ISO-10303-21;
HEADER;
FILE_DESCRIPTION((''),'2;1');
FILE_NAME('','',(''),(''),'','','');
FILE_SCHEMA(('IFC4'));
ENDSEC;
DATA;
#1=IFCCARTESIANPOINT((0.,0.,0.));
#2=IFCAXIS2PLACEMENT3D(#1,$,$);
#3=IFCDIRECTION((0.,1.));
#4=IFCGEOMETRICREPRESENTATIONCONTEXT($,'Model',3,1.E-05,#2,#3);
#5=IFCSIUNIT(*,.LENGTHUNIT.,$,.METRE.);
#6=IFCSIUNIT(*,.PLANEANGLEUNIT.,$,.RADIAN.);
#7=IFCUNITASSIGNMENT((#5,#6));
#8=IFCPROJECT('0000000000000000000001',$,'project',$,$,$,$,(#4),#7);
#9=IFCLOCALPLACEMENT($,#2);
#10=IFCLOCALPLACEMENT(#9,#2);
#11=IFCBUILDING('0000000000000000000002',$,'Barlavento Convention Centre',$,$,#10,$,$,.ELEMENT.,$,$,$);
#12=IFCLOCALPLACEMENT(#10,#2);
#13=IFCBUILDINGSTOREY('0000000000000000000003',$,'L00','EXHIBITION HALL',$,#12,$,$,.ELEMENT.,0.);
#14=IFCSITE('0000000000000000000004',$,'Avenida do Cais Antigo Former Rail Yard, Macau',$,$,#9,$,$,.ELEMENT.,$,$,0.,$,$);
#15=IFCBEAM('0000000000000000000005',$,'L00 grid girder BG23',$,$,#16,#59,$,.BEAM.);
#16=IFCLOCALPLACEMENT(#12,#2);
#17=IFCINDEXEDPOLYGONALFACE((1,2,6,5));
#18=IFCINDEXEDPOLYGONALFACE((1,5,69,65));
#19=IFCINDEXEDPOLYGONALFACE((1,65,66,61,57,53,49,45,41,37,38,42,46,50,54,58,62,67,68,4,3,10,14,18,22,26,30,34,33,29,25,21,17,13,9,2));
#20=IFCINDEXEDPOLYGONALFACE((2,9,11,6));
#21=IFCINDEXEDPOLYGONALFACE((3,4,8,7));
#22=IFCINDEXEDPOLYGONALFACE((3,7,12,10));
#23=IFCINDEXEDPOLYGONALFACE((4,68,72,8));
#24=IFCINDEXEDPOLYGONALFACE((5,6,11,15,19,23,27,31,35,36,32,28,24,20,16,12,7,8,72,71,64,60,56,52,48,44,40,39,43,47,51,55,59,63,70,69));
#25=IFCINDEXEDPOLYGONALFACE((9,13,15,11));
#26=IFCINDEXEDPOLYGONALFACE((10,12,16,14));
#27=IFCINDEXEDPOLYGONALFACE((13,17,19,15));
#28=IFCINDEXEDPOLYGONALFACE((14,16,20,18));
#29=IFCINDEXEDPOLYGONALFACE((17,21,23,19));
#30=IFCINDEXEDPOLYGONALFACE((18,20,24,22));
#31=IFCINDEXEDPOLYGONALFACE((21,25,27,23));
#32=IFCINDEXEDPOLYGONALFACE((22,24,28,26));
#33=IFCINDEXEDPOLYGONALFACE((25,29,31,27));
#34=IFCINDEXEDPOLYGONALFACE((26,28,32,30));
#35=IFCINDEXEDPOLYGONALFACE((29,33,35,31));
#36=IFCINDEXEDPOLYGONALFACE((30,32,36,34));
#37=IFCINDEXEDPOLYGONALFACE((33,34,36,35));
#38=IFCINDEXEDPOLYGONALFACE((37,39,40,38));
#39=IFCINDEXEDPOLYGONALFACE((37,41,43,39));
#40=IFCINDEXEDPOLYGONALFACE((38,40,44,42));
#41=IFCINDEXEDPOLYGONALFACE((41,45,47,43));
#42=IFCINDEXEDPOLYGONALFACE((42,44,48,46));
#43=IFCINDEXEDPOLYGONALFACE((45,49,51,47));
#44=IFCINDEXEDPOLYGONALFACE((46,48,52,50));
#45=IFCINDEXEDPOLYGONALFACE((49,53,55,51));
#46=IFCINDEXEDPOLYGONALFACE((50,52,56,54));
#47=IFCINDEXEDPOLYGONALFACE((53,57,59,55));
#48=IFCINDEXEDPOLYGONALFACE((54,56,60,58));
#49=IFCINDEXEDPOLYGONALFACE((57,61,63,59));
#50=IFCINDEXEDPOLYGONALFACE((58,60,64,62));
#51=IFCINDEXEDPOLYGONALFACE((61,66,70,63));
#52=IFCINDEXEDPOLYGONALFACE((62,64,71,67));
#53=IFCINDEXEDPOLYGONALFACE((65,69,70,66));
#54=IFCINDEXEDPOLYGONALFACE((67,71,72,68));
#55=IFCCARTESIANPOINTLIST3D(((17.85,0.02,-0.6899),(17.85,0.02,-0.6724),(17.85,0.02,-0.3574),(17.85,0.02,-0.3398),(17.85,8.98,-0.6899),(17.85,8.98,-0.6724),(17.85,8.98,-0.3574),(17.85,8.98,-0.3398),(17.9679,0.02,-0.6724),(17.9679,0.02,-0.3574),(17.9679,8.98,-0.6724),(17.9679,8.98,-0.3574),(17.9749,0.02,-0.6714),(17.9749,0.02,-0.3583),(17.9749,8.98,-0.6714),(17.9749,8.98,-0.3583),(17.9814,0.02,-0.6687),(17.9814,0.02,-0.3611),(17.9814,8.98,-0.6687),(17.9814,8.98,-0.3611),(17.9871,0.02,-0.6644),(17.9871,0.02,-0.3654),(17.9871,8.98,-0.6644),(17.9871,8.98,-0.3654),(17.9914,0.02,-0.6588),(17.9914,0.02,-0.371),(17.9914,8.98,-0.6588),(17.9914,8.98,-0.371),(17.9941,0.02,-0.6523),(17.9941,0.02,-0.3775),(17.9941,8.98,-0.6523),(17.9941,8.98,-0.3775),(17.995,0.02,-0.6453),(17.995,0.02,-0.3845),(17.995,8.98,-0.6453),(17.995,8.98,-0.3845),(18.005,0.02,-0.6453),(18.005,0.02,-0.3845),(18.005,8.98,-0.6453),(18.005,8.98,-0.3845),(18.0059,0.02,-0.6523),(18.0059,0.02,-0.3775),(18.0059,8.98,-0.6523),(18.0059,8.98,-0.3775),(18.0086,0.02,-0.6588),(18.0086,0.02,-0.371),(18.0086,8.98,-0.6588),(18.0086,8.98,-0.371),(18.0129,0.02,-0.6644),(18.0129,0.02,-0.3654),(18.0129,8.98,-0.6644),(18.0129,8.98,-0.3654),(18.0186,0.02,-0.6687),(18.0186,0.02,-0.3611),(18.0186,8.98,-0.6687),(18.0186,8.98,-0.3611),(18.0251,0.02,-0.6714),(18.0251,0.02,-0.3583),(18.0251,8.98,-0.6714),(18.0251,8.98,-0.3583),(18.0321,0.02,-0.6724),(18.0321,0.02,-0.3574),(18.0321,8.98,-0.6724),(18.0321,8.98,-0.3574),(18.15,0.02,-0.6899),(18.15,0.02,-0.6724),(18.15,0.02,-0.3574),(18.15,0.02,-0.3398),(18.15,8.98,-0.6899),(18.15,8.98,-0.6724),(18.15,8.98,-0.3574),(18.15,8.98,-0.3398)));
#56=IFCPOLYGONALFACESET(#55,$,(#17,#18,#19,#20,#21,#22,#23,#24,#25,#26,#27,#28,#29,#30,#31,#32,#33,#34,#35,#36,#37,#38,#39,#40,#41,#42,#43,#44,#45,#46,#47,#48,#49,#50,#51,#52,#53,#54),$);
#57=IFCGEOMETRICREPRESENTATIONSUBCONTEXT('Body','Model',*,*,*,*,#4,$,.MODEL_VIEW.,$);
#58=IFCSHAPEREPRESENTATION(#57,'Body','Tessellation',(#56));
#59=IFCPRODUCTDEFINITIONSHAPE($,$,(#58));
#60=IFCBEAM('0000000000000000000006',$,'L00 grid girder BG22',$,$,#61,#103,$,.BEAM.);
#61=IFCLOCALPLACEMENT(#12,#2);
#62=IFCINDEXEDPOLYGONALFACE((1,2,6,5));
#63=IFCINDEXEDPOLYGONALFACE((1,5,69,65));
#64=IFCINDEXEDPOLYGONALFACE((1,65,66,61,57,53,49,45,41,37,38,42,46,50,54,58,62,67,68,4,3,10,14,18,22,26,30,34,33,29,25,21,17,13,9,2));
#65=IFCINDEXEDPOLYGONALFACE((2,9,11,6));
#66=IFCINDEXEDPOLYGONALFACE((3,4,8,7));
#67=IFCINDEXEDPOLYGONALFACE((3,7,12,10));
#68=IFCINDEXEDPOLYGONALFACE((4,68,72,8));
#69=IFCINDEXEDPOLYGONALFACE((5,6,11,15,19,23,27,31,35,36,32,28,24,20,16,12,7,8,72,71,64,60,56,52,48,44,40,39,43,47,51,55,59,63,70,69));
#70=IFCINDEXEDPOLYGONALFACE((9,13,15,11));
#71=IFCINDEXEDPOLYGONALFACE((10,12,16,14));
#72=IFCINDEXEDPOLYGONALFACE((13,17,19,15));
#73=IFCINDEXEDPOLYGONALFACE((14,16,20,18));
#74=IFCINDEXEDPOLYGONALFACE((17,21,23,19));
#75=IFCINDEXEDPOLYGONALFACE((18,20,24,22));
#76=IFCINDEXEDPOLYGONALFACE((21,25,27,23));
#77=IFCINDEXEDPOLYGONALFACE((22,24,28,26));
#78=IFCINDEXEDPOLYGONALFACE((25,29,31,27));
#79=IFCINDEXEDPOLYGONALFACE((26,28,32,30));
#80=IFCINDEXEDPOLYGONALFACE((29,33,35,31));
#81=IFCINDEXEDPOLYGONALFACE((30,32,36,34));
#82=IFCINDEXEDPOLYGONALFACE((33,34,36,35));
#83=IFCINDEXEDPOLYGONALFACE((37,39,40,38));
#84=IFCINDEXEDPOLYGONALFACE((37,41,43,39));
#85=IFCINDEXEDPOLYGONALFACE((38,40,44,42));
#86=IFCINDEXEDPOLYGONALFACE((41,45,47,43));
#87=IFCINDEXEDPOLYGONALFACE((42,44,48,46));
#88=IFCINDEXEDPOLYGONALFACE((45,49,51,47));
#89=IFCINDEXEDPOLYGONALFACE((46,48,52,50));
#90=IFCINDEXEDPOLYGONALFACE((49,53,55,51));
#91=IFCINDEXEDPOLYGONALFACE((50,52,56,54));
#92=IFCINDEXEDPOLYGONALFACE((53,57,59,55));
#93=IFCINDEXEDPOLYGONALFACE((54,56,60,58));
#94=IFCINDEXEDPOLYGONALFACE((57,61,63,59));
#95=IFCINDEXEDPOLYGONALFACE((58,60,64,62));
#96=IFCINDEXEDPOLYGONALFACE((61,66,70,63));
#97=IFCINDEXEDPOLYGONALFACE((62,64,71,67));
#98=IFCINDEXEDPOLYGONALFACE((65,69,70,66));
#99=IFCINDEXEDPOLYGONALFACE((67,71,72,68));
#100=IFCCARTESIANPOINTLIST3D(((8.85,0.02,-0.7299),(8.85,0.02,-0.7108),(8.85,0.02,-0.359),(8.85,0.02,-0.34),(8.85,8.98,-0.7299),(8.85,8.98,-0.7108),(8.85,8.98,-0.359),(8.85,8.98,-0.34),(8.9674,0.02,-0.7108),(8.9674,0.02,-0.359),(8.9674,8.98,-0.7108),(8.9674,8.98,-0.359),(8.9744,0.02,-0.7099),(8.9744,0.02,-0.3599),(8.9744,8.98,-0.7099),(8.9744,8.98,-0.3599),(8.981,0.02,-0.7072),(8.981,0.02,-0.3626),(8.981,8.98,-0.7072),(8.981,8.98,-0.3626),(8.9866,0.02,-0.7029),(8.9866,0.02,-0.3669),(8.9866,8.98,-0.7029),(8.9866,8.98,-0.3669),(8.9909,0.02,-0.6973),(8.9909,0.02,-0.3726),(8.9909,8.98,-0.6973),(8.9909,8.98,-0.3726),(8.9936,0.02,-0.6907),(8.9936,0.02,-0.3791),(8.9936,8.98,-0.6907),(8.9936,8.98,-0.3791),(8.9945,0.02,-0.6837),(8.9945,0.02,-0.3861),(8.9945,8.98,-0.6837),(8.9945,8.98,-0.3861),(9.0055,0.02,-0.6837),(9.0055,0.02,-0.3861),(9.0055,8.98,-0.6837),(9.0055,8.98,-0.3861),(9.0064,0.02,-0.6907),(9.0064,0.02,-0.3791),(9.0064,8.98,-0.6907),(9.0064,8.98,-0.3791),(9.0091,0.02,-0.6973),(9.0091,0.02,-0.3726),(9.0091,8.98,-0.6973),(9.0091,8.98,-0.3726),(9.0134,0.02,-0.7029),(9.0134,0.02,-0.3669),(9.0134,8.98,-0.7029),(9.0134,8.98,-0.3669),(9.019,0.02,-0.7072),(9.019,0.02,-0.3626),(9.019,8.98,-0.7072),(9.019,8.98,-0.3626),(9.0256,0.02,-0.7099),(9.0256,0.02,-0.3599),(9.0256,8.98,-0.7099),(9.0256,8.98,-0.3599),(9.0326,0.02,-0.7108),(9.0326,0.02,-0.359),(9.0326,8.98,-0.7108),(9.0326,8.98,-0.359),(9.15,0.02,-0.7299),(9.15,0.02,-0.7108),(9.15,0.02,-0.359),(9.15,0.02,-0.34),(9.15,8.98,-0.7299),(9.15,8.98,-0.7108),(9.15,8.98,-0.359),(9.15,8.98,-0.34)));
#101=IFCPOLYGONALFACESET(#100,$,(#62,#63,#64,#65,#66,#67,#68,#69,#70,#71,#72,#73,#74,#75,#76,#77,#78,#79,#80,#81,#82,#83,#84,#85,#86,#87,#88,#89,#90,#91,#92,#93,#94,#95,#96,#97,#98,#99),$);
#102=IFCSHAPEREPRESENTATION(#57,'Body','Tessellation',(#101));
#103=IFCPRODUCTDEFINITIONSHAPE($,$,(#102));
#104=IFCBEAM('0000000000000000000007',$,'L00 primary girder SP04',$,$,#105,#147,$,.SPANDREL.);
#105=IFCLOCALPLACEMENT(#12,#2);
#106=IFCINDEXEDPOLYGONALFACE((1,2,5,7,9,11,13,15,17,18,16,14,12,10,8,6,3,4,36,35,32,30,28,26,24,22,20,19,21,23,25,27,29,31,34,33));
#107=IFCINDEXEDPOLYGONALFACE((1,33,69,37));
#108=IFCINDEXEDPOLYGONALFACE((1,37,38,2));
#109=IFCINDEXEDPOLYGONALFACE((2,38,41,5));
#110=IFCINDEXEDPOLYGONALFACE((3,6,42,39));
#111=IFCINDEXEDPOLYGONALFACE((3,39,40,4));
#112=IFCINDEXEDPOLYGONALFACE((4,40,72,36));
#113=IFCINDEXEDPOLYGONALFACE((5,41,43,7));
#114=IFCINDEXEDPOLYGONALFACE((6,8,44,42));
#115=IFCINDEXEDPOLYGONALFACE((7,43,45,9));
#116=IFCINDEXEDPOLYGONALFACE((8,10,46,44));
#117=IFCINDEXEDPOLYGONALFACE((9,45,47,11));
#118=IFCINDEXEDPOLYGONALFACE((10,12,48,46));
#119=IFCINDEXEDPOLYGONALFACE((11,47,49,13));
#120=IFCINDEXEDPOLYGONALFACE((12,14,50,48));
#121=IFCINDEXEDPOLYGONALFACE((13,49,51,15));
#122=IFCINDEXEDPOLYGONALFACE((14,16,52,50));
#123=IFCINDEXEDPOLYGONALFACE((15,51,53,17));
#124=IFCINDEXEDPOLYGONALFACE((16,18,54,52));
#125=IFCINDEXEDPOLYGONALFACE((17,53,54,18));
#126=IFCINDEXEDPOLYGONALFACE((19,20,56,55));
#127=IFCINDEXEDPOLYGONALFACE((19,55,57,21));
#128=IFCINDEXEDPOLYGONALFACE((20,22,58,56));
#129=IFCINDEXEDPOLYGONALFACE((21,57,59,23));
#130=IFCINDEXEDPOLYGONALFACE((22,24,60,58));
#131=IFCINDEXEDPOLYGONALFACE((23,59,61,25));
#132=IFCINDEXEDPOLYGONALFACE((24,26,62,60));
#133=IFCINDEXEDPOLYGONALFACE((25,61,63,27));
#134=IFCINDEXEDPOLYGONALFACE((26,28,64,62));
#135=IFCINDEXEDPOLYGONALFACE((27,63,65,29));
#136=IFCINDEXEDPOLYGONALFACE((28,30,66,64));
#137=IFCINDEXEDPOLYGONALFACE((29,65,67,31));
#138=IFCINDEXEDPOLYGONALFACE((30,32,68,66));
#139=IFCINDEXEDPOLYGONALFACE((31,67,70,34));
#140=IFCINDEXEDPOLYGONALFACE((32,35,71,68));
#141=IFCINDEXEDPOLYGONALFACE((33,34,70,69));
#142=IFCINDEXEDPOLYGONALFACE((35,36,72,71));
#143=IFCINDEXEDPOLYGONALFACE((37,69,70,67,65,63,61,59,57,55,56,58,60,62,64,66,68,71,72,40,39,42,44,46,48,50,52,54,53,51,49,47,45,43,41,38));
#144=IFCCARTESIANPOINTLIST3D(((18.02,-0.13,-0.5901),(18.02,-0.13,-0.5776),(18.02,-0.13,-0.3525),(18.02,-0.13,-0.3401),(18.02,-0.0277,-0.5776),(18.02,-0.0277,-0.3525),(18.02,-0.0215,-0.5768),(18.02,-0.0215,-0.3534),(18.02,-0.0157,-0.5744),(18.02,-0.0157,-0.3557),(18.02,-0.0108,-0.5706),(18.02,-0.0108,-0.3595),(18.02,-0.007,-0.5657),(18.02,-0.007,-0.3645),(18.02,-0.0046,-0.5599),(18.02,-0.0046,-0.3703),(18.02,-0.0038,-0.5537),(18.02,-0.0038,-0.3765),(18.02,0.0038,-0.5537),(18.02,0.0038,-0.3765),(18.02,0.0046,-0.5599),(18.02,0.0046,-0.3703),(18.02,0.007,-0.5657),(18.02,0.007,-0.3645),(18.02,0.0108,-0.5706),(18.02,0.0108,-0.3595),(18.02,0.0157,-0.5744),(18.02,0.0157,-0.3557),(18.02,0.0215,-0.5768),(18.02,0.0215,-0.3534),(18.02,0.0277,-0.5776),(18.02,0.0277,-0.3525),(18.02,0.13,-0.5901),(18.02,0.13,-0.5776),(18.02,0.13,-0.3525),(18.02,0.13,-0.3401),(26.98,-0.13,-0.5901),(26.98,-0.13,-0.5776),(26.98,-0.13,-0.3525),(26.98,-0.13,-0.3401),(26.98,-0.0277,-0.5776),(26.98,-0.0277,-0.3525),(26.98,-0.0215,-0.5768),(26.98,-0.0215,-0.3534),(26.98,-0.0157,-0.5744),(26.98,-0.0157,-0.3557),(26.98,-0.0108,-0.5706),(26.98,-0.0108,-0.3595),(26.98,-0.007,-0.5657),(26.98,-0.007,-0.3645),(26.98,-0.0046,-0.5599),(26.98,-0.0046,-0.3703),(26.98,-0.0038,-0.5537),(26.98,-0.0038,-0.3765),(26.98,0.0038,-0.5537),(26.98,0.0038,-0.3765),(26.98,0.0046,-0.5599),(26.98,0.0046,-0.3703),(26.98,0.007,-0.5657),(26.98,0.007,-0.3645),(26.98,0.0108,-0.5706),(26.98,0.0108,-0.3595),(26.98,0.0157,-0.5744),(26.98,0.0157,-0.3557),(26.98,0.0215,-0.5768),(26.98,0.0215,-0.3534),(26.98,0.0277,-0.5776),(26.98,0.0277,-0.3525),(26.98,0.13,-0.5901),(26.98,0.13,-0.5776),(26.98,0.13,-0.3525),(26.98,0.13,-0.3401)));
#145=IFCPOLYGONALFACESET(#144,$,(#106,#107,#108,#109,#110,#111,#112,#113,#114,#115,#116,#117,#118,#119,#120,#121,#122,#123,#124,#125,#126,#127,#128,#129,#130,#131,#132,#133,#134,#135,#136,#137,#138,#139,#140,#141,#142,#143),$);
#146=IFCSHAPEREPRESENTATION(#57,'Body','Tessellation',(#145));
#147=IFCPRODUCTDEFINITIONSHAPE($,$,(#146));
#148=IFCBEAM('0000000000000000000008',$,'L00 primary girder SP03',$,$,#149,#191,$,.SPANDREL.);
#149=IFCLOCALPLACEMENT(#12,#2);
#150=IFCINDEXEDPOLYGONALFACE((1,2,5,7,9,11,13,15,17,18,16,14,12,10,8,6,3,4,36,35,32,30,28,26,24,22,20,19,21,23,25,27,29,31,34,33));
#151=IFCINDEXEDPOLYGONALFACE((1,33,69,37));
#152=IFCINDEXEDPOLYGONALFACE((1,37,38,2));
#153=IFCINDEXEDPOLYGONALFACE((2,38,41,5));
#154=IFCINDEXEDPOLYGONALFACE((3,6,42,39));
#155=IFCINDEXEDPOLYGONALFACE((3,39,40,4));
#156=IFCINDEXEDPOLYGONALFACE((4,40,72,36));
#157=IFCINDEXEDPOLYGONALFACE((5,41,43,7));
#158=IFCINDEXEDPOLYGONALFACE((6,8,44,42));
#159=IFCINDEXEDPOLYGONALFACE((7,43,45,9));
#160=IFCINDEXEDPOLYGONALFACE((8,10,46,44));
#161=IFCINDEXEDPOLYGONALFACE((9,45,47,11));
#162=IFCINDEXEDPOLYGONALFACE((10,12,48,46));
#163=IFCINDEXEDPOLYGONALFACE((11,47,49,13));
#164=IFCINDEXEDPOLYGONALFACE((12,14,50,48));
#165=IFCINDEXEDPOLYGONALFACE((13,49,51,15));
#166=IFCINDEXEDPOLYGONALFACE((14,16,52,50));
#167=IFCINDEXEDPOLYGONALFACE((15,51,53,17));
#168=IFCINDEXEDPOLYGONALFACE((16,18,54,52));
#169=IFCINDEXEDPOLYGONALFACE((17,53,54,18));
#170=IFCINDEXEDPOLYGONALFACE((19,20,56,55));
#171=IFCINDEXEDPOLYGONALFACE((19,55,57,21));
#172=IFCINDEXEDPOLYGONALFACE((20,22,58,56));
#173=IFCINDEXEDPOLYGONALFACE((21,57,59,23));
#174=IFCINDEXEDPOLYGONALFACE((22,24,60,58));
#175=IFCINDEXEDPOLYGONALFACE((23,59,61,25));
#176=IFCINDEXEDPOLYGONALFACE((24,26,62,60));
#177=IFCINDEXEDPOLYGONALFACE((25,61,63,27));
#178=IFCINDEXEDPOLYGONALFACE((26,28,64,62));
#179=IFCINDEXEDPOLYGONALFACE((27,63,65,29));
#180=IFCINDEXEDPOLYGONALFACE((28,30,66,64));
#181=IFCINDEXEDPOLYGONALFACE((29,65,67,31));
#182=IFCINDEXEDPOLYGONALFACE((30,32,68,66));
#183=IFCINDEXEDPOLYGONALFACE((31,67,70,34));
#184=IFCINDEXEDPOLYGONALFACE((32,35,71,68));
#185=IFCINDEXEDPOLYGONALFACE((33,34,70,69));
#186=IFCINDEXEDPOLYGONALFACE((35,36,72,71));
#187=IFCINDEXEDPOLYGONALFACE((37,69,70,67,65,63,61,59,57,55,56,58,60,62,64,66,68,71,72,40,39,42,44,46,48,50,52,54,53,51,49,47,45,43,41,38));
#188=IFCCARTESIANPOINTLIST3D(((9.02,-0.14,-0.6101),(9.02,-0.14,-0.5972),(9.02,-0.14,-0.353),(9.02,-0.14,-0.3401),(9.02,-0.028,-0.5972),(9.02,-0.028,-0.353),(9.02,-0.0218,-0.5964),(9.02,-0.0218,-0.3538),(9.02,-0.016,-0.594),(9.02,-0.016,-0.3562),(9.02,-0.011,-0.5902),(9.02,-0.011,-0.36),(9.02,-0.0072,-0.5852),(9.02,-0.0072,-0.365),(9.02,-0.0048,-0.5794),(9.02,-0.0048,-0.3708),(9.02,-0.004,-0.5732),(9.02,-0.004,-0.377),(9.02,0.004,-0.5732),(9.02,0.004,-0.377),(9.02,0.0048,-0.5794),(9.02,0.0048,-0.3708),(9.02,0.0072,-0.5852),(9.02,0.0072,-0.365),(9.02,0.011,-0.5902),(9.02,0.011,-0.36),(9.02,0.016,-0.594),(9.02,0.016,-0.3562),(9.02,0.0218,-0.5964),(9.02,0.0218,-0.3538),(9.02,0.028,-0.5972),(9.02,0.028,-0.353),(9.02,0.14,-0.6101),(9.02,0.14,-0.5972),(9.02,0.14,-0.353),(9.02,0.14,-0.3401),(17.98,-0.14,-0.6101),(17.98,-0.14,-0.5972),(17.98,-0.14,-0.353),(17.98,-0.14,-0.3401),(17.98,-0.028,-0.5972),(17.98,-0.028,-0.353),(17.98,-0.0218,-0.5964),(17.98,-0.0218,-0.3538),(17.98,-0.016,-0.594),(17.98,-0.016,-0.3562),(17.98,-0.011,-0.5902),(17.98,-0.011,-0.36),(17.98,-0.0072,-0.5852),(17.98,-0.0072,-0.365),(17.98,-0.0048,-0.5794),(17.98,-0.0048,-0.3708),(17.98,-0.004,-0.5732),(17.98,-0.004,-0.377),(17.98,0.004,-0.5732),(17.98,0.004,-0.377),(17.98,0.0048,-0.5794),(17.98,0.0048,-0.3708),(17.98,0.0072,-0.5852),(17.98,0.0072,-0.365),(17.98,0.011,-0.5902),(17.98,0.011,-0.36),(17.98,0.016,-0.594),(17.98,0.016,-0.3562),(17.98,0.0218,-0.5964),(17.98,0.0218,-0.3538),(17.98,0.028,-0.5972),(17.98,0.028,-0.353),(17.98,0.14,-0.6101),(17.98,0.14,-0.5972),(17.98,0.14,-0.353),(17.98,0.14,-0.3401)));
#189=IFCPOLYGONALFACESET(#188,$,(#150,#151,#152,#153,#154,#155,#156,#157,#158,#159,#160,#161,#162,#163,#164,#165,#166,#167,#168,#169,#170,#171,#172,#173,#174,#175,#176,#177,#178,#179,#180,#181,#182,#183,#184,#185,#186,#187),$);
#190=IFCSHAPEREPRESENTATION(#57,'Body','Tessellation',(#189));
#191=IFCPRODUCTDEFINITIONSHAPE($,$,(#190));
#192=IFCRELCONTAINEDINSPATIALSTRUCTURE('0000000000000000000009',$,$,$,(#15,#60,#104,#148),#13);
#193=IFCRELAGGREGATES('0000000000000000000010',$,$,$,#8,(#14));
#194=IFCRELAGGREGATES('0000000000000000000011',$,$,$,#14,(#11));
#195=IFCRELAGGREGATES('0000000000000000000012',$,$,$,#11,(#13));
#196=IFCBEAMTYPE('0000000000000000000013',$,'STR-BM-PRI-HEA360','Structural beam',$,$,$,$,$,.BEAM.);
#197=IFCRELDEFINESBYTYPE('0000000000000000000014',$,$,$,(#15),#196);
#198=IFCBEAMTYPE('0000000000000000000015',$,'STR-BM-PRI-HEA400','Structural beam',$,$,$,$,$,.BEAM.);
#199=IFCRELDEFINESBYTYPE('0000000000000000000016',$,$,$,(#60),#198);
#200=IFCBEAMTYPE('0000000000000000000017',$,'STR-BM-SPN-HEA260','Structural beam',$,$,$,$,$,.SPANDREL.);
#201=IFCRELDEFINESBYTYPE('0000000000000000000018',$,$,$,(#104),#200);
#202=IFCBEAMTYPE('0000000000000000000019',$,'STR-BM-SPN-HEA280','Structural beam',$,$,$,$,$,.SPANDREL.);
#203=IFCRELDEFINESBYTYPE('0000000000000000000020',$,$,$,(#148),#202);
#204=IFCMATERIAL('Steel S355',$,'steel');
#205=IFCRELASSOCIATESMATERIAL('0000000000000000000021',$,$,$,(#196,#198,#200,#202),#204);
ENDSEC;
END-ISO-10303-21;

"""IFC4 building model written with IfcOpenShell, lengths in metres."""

from ifc_helpers import new_model, si_unit, direction, frame, origin, origin_2d, place, context, subcontext, project, spatial, i_section, extrude, material, material_profile, profile_set, type_object, element, save


model = new_model("IFC4")

# Units and contexts
model_context = context("Model", 3, precision=1e-05, world=origin(), true_north=direction((0.0, 1.0)))
body_context = subcontext(model_context, "Body", "Model", "MODEL_VIEW")
ifc_project = project(units=[si_unit("LENGTHUNIT", "METRE"), si_unit("PLANEANGLEUNIT", "RADIAN")], contexts=[model_context])

# Site, building, storey
site_placement = place(None, origin())
site = spatial("IfcSite", under=ifc_project, at=site_placement, Name="Avenida do Cais Antigo Former Rail Yard, Macau", CompositionType="ELEMENT", RefElevation=0.0)
building_placement = place(site_placement, origin())
building = spatial("IfcBuilding", under=site, at=building_placement, Name="Barlavento Convention Centre", CompositionType="ELEMENT")
storey_placement = place(building_placement, origin())
storey = spatial("IfcBuildingStorey", under=building, at=storey_placement, Name="L00", Description="EXHIBITION HALL", CompositionType="ELEMENT", Elevation=0.0)

# Beams
ifc_material_1 = material(Name="Steel S355", Category="steel")
ifc_material_profile_1 = material_profile(ifc_material_1, i_section(OverallWidth=0.3, OverallDepth=0.3501, WebThickness=0.01, FlangeThickness=0.0176, FilletRadius=0.0271, at=origin_2d()), Name="HEA 360")
ifc_profile_set_1 = profile_set([ifc_material_profile_1], Name="Steel S355")
beam_type_1 = type_object("IfcBeamType", Name="STR-BM-PRI-HEA360", Description="Structural beam", PredefinedType="BEAM", material=ifc_profile_set_1)
beam_1_placement = place(storey_placement, frame((18.0, 0.02, -0.5149), z_axis=(0.0, 1.0, 0.0), x_axis=(-1.0, 0.0, 0.0)))
element("IfcBeam", 1, at=beam_1_placement, inside=storey, type_object=beam_type_1, Name="L00 grid girder BG23", PredefinedType="BEAM", context=body_context, shape_type="SweptSolid", body=[
    extrude(i_section(OverallWidth=0.3, OverallDepth=0.3501, WebThickness=0.01, FlangeThickness=0.0176, FilletRadius=0.0271, at=origin_2d()), origin(), (0.0, 0.0, 1.0), 8.96),
])
ifc_material_profile_2 = material_profile(ifc_material_1, i_section(OverallWidth=0.3, OverallDepth=0.3899, WebThickness=0.011, FlangeThickness=0.019, FilletRadius=0.0271, at=origin_2d()), Name="HEA 400")
ifc_profile_set_2 = profile_set([ifc_material_profile_2], Name="Steel S355")
beam_type_2 = type_object("IfcBeamType", Name="STR-BM-PRI-HEA400", Description="Structural beam", PredefinedType="BEAM", material=ifc_profile_set_2)
beam_2_placement = place(storey_placement, frame((9.0, 0.02, -0.5349), z_axis=(0.0, 1.0, 0.0), x_axis=(-1.0, 0.0, 0.0)))
element("IfcBeam", 2, at=beam_2_placement, inside=storey, type_object=beam_type_2, Name="L00 grid girder BG22", PredefinedType="BEAM", context=body_context, shape_type="SweptSolid", body=[
    extrude(i_section(OverallWidth=0.3, OverallDepth=0.3899, WebThickness=0.011, FlangeThickness=0.019, FilletRadius=0.0271, at=origin_2d()), origin(), (0.0, 0.0, 1.0), 8.96),
])
ifc_material_profile_3 = material_profile(ifc_material_1, i_section(OverallWidth=0.26, OverallDepth=0.25, WebThickness=0.0076, FlangeThickness=0.0125, FilletRadius=0.0239, at=origin_2d()), Name="HEA 260")
ifc_profile_set_3 = profile_set([ifc_material_profile_3], Name="Steel S355")
beam_type_3 = type_object("IfcBeamType", Name="STR-BM-SPN-HEA260", Description="Structural beam", PredefinedType="SPANDREL", material=ifc_profile_set_3)
beam_3_placement = place(storey_placement, frame((18.02, 0.0, -0.4651), z_axis=(1.0, 0.0, 0.0), x_axis=(0.0, 1.0, 0.0)))
element("IfcBeam", 3, at=beam_3_placement, inside=storey, type_object=beam_type_3, Name="L00 primary girder SP04", PredefinedType="SPANDREL", context=body_context, shape_type="SweptSolid", body=[
    extrude(i_section(OverallWidth=0.26, OverallDepth=0.25, WebThickness=0.0076, FlangeThickness=0.0125, FilletRadius=0.0239, at=origin_2d()), origin(), (0.0, 0.0, 1.0), 8.96),
])
ifc_material_profile_4 = material_profile(ifc_material_1, i_section(OverallWidth=0.28, OverallDepth=0.27, WebThickness=0.0081, FlangeThickness=0.0129, FilletRadius=0.0239, at=origin_2d()), Name="HEA 280")
ifc_profile_set_4 = profile_set([ifc_material_profile_4], Name="Steel S355")
beam_type_4 = type_object("IfcBeamType", Name="STR-BM-SPN-HEA280", Description="Structural beam", PredefinedType="SPANDREL", material=ifc_profile_set_4)
beam_4_placement = place(storey_placement, frame((9.02, 0.0, -0.4751), z_axis=(1.0, 0.0, 0.0), x_axis=(0.0, 1.0, 0.0)))
element("IfcBeam", 4, at=beam_4_placement, inside=storey, type_object=beam_type_4, Name="L00 primary girder SP03", PredefinedType="SPANDREL", context=body_context, shape_type="SweptSolid", body=[
    extrude(i_section(OverallWidth=0.28, OverallDepth=0.27, WebThickness=0.0081, FlangeThickness=0.0129, FilletRadius=0.0239, at=origin_2d()), origin(), (0.0, 0.0, 1.0), 8.96),
])

save(model, "model.ifc")
